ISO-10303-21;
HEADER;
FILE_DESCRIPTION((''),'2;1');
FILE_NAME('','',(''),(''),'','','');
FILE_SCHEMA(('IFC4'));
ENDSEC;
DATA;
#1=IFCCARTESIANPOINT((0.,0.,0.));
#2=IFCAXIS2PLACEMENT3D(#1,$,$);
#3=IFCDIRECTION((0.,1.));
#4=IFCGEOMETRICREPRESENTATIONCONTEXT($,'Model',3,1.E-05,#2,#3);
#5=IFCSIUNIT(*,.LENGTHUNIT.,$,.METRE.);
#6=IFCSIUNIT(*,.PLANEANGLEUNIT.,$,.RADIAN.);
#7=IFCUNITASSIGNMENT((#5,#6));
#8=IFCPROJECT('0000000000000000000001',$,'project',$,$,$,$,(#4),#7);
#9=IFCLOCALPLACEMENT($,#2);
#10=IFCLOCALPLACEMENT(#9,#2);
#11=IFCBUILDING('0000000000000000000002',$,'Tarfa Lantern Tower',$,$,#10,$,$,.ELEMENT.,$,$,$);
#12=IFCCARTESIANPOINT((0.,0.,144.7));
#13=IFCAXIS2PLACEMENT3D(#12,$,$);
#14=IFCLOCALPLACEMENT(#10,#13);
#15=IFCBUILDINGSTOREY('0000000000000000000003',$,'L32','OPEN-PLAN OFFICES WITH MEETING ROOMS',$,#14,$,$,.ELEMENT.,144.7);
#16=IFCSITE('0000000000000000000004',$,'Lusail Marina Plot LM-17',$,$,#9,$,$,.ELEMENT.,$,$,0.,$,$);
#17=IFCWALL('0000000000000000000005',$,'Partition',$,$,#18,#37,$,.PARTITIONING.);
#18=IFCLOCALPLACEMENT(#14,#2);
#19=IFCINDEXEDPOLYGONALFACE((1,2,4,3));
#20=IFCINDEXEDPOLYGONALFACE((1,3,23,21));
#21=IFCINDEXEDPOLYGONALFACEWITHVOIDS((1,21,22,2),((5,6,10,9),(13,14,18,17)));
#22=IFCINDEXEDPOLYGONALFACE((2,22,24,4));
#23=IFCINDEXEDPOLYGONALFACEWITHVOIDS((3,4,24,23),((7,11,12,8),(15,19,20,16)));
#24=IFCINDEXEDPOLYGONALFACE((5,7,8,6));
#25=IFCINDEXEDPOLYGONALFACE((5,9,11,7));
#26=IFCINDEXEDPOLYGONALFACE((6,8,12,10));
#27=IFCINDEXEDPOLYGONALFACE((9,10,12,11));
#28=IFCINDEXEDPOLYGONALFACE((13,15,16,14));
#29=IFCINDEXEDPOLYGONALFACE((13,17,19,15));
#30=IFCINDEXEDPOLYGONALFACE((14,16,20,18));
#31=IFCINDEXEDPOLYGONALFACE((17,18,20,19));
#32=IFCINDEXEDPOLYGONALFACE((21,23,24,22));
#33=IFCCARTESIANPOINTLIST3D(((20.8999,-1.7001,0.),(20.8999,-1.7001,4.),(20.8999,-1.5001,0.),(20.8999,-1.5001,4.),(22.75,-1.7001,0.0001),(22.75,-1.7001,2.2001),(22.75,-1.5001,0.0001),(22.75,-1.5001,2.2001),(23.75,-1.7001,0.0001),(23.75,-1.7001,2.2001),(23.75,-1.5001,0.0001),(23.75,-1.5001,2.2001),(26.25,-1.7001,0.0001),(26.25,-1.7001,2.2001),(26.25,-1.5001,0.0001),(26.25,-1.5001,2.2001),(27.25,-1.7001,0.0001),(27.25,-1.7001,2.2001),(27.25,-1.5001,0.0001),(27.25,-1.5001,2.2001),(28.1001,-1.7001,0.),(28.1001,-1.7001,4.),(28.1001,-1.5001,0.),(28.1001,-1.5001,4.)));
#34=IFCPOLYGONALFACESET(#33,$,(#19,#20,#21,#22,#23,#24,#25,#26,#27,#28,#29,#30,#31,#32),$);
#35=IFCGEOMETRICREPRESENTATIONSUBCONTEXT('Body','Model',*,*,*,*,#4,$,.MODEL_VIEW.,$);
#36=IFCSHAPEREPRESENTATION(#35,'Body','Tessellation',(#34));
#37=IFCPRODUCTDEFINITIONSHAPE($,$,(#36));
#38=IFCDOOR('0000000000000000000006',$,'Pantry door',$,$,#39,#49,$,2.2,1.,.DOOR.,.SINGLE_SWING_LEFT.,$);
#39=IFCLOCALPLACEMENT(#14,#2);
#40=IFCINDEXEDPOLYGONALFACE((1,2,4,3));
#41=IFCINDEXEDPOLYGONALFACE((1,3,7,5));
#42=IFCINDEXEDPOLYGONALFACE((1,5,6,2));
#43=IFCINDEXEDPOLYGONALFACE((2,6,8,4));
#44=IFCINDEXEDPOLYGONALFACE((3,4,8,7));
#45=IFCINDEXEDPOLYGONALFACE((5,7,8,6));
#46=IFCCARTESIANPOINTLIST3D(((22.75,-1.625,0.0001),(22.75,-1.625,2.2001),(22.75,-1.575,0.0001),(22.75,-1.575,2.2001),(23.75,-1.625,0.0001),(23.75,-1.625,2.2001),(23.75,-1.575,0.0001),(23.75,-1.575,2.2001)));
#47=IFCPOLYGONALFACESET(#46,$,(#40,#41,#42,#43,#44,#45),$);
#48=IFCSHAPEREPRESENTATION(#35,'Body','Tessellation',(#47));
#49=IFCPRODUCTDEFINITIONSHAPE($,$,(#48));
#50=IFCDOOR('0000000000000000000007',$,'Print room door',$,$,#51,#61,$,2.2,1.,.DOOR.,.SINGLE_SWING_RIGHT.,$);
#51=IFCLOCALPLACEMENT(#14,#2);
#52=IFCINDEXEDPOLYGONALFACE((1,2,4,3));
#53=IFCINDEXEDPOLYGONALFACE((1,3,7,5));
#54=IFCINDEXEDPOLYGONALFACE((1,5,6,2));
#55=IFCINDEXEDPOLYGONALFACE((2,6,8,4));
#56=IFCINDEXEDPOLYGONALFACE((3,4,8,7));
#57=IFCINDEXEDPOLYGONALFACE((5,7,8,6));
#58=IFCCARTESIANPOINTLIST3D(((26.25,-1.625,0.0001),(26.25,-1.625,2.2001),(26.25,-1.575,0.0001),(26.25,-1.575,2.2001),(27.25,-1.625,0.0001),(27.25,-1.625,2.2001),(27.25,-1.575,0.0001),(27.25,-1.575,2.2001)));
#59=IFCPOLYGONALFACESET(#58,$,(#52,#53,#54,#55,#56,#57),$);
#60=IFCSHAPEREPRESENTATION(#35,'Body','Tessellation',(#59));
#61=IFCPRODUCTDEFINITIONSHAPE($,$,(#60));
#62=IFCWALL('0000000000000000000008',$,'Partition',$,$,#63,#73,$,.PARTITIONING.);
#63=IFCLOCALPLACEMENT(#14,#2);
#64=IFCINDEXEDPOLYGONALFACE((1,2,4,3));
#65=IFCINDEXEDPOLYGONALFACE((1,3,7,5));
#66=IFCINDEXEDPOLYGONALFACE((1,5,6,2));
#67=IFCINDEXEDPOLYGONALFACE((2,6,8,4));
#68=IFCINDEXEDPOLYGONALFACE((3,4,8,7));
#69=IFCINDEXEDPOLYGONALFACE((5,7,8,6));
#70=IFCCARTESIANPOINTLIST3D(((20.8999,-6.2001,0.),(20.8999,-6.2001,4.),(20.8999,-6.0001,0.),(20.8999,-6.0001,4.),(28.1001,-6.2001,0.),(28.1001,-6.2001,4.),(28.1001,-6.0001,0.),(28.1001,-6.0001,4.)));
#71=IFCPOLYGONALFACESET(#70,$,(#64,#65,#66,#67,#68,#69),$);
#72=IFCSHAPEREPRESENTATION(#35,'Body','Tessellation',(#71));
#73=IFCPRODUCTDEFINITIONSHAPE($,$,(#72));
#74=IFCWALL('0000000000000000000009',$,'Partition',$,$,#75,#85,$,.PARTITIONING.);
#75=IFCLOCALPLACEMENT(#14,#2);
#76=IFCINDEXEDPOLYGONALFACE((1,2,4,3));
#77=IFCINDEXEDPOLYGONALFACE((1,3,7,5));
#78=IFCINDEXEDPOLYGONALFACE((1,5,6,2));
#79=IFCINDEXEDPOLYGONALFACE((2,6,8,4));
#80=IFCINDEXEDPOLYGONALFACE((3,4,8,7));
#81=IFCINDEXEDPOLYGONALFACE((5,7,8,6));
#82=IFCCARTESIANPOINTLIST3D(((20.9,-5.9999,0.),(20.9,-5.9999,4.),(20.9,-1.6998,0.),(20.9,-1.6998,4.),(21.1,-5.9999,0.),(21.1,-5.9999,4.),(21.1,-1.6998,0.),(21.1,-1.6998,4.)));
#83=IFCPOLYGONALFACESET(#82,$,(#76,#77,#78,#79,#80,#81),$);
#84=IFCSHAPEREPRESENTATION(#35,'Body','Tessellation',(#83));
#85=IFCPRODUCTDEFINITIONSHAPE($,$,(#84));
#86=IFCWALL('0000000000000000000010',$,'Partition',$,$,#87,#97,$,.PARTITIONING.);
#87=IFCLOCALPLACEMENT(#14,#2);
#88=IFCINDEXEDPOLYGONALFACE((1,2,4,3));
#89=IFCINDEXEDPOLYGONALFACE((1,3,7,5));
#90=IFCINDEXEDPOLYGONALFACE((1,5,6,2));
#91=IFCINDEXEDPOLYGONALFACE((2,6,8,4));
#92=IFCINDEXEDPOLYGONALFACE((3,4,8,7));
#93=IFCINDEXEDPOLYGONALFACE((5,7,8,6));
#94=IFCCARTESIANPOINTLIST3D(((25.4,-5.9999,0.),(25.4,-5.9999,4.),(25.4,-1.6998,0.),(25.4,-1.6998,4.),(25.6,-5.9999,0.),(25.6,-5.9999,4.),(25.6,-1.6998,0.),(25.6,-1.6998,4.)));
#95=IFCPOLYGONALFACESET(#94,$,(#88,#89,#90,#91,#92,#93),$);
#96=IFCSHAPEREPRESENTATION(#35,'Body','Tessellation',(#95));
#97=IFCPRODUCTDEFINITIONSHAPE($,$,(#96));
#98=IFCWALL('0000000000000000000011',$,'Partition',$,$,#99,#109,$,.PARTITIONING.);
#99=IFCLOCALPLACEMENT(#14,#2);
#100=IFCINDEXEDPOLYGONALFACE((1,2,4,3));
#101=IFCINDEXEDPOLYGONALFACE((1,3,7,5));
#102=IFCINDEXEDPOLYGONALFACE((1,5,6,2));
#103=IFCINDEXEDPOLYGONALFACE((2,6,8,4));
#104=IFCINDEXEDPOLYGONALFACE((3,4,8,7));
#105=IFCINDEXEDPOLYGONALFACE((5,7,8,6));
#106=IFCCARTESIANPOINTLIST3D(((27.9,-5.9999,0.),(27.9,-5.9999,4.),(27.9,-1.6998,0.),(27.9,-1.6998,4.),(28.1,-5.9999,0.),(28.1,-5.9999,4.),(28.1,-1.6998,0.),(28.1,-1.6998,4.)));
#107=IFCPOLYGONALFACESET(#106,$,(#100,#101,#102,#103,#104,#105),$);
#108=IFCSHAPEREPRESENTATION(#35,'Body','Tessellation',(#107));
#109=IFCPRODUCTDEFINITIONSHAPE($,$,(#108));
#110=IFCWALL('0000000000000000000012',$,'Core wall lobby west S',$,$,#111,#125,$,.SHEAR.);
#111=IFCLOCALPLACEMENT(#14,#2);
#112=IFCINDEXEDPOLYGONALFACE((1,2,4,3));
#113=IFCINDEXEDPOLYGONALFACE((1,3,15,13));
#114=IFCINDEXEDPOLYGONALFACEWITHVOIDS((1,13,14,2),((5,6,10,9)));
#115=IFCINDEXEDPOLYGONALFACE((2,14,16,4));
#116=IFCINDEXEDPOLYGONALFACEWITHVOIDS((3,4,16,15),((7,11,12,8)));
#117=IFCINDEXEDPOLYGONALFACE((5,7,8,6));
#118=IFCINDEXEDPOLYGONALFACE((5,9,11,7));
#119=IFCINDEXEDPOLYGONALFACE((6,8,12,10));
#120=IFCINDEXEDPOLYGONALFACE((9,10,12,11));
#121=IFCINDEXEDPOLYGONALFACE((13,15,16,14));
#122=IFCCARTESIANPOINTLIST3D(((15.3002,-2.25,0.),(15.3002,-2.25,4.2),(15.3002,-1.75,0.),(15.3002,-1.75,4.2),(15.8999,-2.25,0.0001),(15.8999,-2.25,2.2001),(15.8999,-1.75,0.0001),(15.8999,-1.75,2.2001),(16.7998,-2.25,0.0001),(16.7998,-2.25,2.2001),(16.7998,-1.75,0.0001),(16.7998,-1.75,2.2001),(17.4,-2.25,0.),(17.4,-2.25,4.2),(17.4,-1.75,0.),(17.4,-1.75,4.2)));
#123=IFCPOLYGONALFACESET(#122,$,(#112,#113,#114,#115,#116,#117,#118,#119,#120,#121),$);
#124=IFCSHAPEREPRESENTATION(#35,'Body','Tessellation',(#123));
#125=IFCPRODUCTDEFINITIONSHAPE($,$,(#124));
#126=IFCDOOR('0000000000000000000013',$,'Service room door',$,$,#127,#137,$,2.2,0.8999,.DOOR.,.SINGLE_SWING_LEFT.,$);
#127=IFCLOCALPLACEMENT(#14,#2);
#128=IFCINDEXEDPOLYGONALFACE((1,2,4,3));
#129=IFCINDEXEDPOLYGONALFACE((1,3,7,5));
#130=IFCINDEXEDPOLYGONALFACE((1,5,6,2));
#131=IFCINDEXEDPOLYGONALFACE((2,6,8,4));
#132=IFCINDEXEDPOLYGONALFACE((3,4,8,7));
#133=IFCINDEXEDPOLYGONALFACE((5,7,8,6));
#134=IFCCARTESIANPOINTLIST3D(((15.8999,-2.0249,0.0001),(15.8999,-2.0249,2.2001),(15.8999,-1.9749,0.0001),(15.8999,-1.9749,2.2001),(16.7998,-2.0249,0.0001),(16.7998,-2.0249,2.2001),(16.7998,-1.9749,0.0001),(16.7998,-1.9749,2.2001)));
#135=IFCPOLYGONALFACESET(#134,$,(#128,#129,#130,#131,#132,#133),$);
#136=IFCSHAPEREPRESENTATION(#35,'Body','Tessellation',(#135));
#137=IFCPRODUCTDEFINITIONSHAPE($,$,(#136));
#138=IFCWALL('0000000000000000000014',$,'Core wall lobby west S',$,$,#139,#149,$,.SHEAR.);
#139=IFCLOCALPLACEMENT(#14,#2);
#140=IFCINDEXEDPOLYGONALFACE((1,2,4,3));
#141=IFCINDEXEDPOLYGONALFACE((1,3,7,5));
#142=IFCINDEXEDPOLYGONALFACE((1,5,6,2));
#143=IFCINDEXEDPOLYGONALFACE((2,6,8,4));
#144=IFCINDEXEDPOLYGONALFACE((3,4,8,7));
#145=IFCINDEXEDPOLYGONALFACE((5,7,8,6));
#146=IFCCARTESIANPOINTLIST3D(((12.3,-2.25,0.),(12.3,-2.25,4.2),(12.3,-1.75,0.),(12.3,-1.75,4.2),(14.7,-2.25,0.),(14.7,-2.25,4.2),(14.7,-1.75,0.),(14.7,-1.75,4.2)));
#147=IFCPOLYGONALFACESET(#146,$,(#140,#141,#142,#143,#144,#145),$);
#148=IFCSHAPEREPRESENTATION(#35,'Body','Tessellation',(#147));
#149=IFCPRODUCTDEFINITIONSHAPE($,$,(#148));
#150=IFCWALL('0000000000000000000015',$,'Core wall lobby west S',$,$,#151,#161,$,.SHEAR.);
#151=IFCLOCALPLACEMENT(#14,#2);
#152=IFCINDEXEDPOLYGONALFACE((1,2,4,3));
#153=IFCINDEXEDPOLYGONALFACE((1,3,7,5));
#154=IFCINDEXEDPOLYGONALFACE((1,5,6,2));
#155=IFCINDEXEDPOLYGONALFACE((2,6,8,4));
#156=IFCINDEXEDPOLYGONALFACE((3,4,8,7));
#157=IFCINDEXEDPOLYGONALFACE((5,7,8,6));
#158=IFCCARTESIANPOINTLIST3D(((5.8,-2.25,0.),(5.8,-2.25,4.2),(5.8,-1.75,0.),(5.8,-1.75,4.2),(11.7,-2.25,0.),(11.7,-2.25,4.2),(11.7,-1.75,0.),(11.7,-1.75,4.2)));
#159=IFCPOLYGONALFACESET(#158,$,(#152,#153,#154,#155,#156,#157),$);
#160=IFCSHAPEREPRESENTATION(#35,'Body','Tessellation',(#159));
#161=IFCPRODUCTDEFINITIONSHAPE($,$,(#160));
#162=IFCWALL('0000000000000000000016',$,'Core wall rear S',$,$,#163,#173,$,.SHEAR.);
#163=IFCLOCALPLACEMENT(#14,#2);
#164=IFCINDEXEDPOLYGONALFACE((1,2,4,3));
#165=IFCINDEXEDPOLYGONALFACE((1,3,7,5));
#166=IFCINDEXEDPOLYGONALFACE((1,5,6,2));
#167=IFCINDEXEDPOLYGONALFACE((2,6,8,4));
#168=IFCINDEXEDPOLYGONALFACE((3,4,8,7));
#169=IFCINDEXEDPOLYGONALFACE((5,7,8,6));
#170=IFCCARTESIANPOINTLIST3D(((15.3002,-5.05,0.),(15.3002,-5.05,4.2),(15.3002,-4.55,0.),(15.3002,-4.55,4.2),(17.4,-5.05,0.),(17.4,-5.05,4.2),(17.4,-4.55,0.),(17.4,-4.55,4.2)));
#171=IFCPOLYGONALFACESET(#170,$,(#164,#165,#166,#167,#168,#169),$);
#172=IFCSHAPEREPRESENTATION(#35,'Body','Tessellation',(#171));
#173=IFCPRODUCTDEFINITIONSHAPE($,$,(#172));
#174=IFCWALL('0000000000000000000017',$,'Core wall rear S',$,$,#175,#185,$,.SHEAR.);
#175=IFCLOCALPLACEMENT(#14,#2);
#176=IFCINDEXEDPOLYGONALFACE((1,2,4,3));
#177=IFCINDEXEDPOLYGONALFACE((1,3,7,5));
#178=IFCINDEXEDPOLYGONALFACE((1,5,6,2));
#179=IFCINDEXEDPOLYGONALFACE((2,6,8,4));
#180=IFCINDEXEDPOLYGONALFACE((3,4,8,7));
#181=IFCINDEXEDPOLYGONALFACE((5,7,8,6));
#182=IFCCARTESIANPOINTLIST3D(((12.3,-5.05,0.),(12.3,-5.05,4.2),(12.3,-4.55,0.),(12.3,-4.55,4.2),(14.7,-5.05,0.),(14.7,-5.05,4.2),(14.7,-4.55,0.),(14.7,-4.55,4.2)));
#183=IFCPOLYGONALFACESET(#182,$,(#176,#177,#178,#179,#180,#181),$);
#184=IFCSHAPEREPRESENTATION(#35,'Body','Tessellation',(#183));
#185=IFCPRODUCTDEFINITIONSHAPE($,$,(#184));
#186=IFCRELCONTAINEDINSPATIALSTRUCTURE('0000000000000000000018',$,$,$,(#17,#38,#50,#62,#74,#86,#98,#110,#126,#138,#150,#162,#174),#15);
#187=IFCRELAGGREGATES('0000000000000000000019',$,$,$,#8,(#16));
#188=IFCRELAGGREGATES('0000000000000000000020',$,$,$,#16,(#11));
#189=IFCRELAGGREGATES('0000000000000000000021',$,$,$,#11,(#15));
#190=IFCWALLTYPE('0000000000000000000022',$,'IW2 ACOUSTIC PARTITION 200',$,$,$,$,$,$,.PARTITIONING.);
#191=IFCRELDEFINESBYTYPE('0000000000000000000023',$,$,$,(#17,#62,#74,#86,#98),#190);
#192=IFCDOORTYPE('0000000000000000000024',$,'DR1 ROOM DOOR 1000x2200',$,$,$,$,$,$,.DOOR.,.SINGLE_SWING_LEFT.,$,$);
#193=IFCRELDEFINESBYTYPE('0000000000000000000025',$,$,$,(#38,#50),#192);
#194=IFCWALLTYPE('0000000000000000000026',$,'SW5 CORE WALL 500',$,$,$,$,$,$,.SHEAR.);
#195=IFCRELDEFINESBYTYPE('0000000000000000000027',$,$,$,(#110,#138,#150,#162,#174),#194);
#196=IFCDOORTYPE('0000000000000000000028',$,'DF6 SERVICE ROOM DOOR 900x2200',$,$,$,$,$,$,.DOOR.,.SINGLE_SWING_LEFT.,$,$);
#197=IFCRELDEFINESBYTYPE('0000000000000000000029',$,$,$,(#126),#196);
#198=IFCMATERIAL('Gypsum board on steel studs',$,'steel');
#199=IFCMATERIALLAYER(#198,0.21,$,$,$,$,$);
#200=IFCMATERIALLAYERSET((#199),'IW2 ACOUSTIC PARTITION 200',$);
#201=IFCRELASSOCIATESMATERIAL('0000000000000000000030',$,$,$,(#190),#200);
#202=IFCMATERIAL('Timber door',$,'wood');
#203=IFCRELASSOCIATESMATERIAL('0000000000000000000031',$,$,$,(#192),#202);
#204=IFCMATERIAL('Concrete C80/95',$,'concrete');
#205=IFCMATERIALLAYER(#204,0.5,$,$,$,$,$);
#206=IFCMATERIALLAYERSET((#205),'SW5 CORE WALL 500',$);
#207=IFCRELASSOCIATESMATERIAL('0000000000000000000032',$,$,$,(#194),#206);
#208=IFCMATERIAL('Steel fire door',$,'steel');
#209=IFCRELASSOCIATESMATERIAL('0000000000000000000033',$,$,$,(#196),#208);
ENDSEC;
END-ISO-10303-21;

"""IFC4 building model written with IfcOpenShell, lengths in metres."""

from ifc_helpers import new_model, si_unit, direction, frame, frame_2d, origin, place, context, subcontext, project, spatial, rectangle, extrude, material, layer, layer_set, type_object, element, fill, save


model = new_model("IFC4")

# Units and contexts
model_context = context("Model", 3, precision=1e-05, world=origin(), true_north=direction((0.0, 1.0)))
body_context = subcontext(model_context, "Body", "Model", "MODEL_VIEW")
ifc_project = project(units=[si_unit("LENGTHUNIT", "METRE"), si_unit("PLANEANGLEUNIT", "RADIAN")], contexts=[model_context])

# Site, building, storey
site_placement = place(None, origin())
site = spatial("IfcSite", under=ifc_project, at=site_placement, Name="Lusail Marina Plot LM-17", CompositionType="ELEMENT", RefElevation=0.0)
building_placement = place(site_placement, origin())
building = spatial("IfcBuilding", under=site, at=building_placement, Name="Tarfa Lantern Tower", CompositionType="ELEMENT")
storey_placement = place(building_placement, frame((0.0, 0.0, 144.7)))
storey = spatial("IfcBuildingStorey", under=building, at=storey_placement, Name="L32", Description="OPEN-PLAN OFFICES WITH MEETING ROOMS", CompositionType="ELEMENT", Elevation=144.7)

# Shared definitions
ifc_material_1 = material(Name="Concrete C80/95", Category="concrete")

# Wall, openings, doors
ifc_material_2 = material(Name="Gypsum board on steel studs", Category="steel")
ifc_layer_1 = layer(ifc_material_2, 0.21)
ifc_layer_set_1 = layer_set([ifc_layer_1], Name="IW2 ACOUSTIC PARTITION 200")
wall_type_1 = type_object("IfcWallType", Name="IW2 ACOUSTIC PARTITION 200", PredefinedType="PARTITIONING", material=ifc_layer_set_1)
wall_1_placement = place(storey_placement, frame((20.8999, -1.6001, 0.0), z_axis=(0.0, 0.0, 1.0), x_axis=(1.0, 0.0, 0.0)))
wall_1 = element("IfcWall", 1, at=wall_1_placement, inside=storey, type_object=wall_type_1, Name="Partition", PredefinedType="PARTITIONING", context=body_context, shape_type="SweptSolid", body=[
    extrude(rectangle(XDim=7.2002, YDim=0.2, at=frame_2d((3.6001, 0.0))), origin(), (0.0, 0.0, 1.0), 4.0),
])
opening_1_placement = place(wall_1_placement, frame((1.8501, 0.0, 0.0)))
opening_1 = element("IfcOpeningElement", 2, at=opening_1_placement, cuts=wall_1, PredefinedType="OPENING", context=body_context, shape_type="SweptSolid", body=[
    extrude(rectangle(XDim=1.0, YDim=2.2, at=frame_2d((0.5, 1.1001))), frame((0.0, 0.1099, 0.0), z_axis=(0.0, -1.0, 0.0), x_axis=(1.0, 0.0, 0.0)), (0.0, 0.0, 1.0), 0.22),
])
opening_2_placement = place(wall_1_placement, frame((5.3501, 0.0, 0.0)))
opening_2 = element("IfcOpeningElement", 3, at=opening_2_placement, cuts=wall_1, PredefinedType="OPENING", context=body_context, shape_type="SweptSolid", body=[
    extrude(rectangle(XDim=1.0, YDim=2.2, at=frame_2d((0.5, 1.1001))), frame((0.0, 0.1099, 0.0), z_axis=(0.0, -1.0, 0.0), x_axis=(1.0, 0.0, 0.0)), (0.0, 0.0, 1.0), 0.22),
])
ifc_material_3 = material(Name="Timber door", Category="wood")
door_type_1 = type_object("IfcDoorType", Name="DR1 ROOM DOOR 1000x2200", OperationType="SINGLE_SWING_LEFT", PredefinedType="DOOR", material=ifc_material_3)
door_1_placement = place(opening_1_placement, frame((1.0, 0.0, 0.0), z_axis=(0.0, 0.0, 1.0), x_axis=(-1.0, 0.0, 0.0)))
door_1 = element("IfcDoor", 4, at=door_1_placement, inside=storey, type_object=door_type_1, Name="Pantry door", OperationType="SINGLE_SWING_LEFT", OverallHeight=2.2, OverallWidth=1.0, PredefinedType="DOOR", context=body_context, shape_type="SweptSolid", body=[
    extrude(rectangle(XDim=1.0, YDim=2.2, at=frame_2d((0.5, 1.1001))), frame((0.0, 0.0249, 0.0), z_axis=(0.0, -1.0, 0.0), x_axis=(1.0, 0.0, 0.0)), (0.0, 0.0, 1.0), 0.05),
])
fill(opening_1, door_1)
door_2_placement = place(opening_2_placement, frame((1.0, 0.0, 0.0), z_axis=(0.0, 0.0, 1.0), x_axis=(-1.0, 0.0, 0.0)))
door_2 = element("IfcDoor", 5, at=door_2_placement, inside=storey, type_object=door_type_1, Name="Print room door", OperationType="SINGLE_SWING_RIGHT", OverallHeight=2.2, OverallWidth=1.0, PredefinedType="DOOR", context=body_context, shape_type="SweptSolid", body=[
    extrude(rectangle(XDim=1.0, YDim=2.2, at=frame_2d((0.5, 1.1001))), frame((0.0, 0.0249, 0.0), z_axis=(0.0, -1.0, 0.0), x_axis=(1.0, 0.0, 0.0)), (0.0, 0.0, 1.0), 0.05),
])
fill(opening_2, door_2)

# Walls
wall_2_placement = place(storey_placement, frame((20.8999, -6.1001, 0.0), z_axis=(0.0, 0.0, 1.0), x_axis=(1.0, 0.0, 0.0)))
element("IfcWall", 6, at=wall_2_placement, inside=storey, type_object=wall_type_1, Name="Partition", PredefinedType="PARTITIONING", context=body_context, shape_type="SweptSolid", body=[
    extrude(rectangle(XDim=7.2002, YDim=0.2, at=frame_2d((3.6001, 0.0))), origin(), (0.0, 0.0, 1.0), 4.0),
])
for number, where, z_axis, x_axis, name in (
    (7, (21.0, -1.7, 0.0), (0.0, 0.0, 1.0), (0.0, -1.0, 0.0), "Partition"),
    (8, (25.5, -1.7, 0.0), (0.0, 0.0, 1.0), (0.0, -1.0, 0.0), "Partition"),
    (9, (28.0, -1.7, 0.0), (0.0, 0.0, 1.0), (0.0, -1.0, 0.0), "Partition"),
):
    element("IfcWall", number, at=place(storey_placement, frame(where, z_axis=z_axis, x_axis=x_axis)), inside=storey, type_object=wall_type_1, Name=name, PredefinedType="PARTITIONING", context=body_context, shape_type="SweptSolid", body=[
        extrude(rectangle(XDim=4.3, YDim=0.2, at=frame_2d((2.1499, 0.0))), origin(), (0.0, 0.0, 1.0), 4.0),
    ])

# Wall, opening, door
ifc_material_4 = material(Name="Steel fire door", Category="steel")
ifc_layer_2 = layer(ifc_material_1, 0.5)
ifc_layer_set_2 = layer_set([ifc_layer_2], Name="SW5 CORE WALL 500")
wall_type_2 = type_object("IfcWallType", Name="SW5 CORE WALL 500", PredefinedType="SHEAR", material=ifc_layer_set_2)
wall_3_placement = place(storey_placement, frame((17.3999, -2.0, 0.0), z_axis=(0.0, 0.0, 1.0), x_axis=(-1.0, 0.0, 0.0)))
wall_3 = element("IfcWall", 10, at=wall_3_placement, inside=storey, type_object=wall_type_2, Name="Core wall lobby west S", PredefinedType="SHEAR", context=body_context, shape_type="SweptSolid", body=[
    extrude(rectangle(XDim=2.0999, YDim=0.5, at=frame_2d((1.0498, 0.0))), origin(), (0.0, 0.0, 1.0), 4.2),
])
opening_3_placement = place(wall_3_placement, frame((0.6001, 0.0, 0.0)))
opening_3 = element("IfcOpeningElement", 11, at=opening_3_placement, cuts=wall_3, PredefinedType="OPENING", context=body_context, shape_type="SweptSolid", body=[
    extrude(rectangle(XDim=0.8999, YDim=2.2, at=frame_2d((0.45, 1.1001))), frame((0.0, 0.26, 0.0), z_axis=(0.0, -1.0, 0.0), x_axis=(1.0, 0.0, 0.0)), (0.0, 0.0, 1.0), 0.52),
])
door_type_2 = type_object("IfcDoorType", Name="DF6 SERVICE ROOM DOOR 900x2200", OperationType="SINGLE_SWING_LEFT", PredefinedType="DOOR", material=ifc_material_4)
door_3_placement = place(opening_3_placement, origin())
door_3 = element("IfcDoor", 12, at=door_3_placement, inside=storey, type_object=door_type_2, Name="Service room door", OperationType="SINGLE_SWING_LEFT", OverallHeight=2.2, OverallWidth=0.8999, PredefinedType="DOOR", context=body_context, shape_type="SweptSolid", body=[
    extrude(rectangle(XDim=0.8999, YDim=2.2, at=frame_2d((0.45, 1.1001))), frame((0.0, 0.0249, 0.0), z_axis=(0.0, -1.0, 0.0), x_axis=(1.0, 0.0, 0.0)), (0.0, 0.0, 1.0), 0.05),
])
fill(opening_3, door_3)

# Walls
wall_4_placement = place(storey_placement, frame((14.7, -2.0, 0.0), z_axis=(0.0, 0.0, 1.0), x_axis=(-1.0, 0.0, 0.0)))
element("IfcWall", 13, at=wall_4_placement, inside=storey, type_object=wall_type_2, Name="Core wall lobby west S", PredefinedType="SHEAR", context=body_context, shape_type="SweptSolid", body=[
    extrude(rectangle(XDim=2.3999, YDim=0.5, at=frame_2d((1.2, 0.0))), origin(), (0.0, 0.0, 1.0), 4.2),
])
wall_5_placement = place(storey_placement, frame((11.7, -2.0, 0.0), z_axis=(0.0, 0.0, 1.0), x_axis=(-1.0, 0.0, 0.0)))
element("IfcWall", 14, at=wall_5_placement, inside=storey, type_object=wall_type_2, Name="Core wall lobby west S", PredefinedType="SHEAR", context=body_context, shape_type="SweptSolid", body=[
    extrude(rectangle(XDim=5.8999, YDim=0.5, at=frame_2d((2.95, 0.0))), origin(), (0.0, 0.0, 1.0), 4.2),
])
wall_6_placement = place(storey_placement, frame((17.3999, -4.8, 0.0), z_axis=(0.0, 0.0, 1.0), x_axis=(-1.0, 0.0, 0.0)))
element("IfcWall", 15, at=wall_6_placement, inside=storey, type_object=wall_type_2, Name="Core wall rear S", PredefinedType="SHEAR", context=body_context, shape_type="SweptSolid", body=[
    extrude(rectangle(XDim=2.0999, YDim=0.5, at=frame_2d((1.0498, 0.0))), origin(), (0.0, 0.0, 1.0), 4.2),
])
wall_7_placement = place(storey_placement, frame((14.7, -4.8, 0.0), z_axis=(0.0, 0.0, 1.0), x_axis=(-1.0, 0.0, 0.0)))
element("IfcWall", 16, at=wall_7_placement, inside=storey, type_object=wall_type_2, Name="Core wall rear S", PredefinedType="SHEAR", context=body_context, shape_type="SweptSolid", body=[
    extrude(rectangle(XDim=2.3999, YDim=0.5, at=frame_2d((1.2, 0.0))), origin(), (0.0, 0.0, 1.0), 4.2),
])

save(model, "model.ifc")
